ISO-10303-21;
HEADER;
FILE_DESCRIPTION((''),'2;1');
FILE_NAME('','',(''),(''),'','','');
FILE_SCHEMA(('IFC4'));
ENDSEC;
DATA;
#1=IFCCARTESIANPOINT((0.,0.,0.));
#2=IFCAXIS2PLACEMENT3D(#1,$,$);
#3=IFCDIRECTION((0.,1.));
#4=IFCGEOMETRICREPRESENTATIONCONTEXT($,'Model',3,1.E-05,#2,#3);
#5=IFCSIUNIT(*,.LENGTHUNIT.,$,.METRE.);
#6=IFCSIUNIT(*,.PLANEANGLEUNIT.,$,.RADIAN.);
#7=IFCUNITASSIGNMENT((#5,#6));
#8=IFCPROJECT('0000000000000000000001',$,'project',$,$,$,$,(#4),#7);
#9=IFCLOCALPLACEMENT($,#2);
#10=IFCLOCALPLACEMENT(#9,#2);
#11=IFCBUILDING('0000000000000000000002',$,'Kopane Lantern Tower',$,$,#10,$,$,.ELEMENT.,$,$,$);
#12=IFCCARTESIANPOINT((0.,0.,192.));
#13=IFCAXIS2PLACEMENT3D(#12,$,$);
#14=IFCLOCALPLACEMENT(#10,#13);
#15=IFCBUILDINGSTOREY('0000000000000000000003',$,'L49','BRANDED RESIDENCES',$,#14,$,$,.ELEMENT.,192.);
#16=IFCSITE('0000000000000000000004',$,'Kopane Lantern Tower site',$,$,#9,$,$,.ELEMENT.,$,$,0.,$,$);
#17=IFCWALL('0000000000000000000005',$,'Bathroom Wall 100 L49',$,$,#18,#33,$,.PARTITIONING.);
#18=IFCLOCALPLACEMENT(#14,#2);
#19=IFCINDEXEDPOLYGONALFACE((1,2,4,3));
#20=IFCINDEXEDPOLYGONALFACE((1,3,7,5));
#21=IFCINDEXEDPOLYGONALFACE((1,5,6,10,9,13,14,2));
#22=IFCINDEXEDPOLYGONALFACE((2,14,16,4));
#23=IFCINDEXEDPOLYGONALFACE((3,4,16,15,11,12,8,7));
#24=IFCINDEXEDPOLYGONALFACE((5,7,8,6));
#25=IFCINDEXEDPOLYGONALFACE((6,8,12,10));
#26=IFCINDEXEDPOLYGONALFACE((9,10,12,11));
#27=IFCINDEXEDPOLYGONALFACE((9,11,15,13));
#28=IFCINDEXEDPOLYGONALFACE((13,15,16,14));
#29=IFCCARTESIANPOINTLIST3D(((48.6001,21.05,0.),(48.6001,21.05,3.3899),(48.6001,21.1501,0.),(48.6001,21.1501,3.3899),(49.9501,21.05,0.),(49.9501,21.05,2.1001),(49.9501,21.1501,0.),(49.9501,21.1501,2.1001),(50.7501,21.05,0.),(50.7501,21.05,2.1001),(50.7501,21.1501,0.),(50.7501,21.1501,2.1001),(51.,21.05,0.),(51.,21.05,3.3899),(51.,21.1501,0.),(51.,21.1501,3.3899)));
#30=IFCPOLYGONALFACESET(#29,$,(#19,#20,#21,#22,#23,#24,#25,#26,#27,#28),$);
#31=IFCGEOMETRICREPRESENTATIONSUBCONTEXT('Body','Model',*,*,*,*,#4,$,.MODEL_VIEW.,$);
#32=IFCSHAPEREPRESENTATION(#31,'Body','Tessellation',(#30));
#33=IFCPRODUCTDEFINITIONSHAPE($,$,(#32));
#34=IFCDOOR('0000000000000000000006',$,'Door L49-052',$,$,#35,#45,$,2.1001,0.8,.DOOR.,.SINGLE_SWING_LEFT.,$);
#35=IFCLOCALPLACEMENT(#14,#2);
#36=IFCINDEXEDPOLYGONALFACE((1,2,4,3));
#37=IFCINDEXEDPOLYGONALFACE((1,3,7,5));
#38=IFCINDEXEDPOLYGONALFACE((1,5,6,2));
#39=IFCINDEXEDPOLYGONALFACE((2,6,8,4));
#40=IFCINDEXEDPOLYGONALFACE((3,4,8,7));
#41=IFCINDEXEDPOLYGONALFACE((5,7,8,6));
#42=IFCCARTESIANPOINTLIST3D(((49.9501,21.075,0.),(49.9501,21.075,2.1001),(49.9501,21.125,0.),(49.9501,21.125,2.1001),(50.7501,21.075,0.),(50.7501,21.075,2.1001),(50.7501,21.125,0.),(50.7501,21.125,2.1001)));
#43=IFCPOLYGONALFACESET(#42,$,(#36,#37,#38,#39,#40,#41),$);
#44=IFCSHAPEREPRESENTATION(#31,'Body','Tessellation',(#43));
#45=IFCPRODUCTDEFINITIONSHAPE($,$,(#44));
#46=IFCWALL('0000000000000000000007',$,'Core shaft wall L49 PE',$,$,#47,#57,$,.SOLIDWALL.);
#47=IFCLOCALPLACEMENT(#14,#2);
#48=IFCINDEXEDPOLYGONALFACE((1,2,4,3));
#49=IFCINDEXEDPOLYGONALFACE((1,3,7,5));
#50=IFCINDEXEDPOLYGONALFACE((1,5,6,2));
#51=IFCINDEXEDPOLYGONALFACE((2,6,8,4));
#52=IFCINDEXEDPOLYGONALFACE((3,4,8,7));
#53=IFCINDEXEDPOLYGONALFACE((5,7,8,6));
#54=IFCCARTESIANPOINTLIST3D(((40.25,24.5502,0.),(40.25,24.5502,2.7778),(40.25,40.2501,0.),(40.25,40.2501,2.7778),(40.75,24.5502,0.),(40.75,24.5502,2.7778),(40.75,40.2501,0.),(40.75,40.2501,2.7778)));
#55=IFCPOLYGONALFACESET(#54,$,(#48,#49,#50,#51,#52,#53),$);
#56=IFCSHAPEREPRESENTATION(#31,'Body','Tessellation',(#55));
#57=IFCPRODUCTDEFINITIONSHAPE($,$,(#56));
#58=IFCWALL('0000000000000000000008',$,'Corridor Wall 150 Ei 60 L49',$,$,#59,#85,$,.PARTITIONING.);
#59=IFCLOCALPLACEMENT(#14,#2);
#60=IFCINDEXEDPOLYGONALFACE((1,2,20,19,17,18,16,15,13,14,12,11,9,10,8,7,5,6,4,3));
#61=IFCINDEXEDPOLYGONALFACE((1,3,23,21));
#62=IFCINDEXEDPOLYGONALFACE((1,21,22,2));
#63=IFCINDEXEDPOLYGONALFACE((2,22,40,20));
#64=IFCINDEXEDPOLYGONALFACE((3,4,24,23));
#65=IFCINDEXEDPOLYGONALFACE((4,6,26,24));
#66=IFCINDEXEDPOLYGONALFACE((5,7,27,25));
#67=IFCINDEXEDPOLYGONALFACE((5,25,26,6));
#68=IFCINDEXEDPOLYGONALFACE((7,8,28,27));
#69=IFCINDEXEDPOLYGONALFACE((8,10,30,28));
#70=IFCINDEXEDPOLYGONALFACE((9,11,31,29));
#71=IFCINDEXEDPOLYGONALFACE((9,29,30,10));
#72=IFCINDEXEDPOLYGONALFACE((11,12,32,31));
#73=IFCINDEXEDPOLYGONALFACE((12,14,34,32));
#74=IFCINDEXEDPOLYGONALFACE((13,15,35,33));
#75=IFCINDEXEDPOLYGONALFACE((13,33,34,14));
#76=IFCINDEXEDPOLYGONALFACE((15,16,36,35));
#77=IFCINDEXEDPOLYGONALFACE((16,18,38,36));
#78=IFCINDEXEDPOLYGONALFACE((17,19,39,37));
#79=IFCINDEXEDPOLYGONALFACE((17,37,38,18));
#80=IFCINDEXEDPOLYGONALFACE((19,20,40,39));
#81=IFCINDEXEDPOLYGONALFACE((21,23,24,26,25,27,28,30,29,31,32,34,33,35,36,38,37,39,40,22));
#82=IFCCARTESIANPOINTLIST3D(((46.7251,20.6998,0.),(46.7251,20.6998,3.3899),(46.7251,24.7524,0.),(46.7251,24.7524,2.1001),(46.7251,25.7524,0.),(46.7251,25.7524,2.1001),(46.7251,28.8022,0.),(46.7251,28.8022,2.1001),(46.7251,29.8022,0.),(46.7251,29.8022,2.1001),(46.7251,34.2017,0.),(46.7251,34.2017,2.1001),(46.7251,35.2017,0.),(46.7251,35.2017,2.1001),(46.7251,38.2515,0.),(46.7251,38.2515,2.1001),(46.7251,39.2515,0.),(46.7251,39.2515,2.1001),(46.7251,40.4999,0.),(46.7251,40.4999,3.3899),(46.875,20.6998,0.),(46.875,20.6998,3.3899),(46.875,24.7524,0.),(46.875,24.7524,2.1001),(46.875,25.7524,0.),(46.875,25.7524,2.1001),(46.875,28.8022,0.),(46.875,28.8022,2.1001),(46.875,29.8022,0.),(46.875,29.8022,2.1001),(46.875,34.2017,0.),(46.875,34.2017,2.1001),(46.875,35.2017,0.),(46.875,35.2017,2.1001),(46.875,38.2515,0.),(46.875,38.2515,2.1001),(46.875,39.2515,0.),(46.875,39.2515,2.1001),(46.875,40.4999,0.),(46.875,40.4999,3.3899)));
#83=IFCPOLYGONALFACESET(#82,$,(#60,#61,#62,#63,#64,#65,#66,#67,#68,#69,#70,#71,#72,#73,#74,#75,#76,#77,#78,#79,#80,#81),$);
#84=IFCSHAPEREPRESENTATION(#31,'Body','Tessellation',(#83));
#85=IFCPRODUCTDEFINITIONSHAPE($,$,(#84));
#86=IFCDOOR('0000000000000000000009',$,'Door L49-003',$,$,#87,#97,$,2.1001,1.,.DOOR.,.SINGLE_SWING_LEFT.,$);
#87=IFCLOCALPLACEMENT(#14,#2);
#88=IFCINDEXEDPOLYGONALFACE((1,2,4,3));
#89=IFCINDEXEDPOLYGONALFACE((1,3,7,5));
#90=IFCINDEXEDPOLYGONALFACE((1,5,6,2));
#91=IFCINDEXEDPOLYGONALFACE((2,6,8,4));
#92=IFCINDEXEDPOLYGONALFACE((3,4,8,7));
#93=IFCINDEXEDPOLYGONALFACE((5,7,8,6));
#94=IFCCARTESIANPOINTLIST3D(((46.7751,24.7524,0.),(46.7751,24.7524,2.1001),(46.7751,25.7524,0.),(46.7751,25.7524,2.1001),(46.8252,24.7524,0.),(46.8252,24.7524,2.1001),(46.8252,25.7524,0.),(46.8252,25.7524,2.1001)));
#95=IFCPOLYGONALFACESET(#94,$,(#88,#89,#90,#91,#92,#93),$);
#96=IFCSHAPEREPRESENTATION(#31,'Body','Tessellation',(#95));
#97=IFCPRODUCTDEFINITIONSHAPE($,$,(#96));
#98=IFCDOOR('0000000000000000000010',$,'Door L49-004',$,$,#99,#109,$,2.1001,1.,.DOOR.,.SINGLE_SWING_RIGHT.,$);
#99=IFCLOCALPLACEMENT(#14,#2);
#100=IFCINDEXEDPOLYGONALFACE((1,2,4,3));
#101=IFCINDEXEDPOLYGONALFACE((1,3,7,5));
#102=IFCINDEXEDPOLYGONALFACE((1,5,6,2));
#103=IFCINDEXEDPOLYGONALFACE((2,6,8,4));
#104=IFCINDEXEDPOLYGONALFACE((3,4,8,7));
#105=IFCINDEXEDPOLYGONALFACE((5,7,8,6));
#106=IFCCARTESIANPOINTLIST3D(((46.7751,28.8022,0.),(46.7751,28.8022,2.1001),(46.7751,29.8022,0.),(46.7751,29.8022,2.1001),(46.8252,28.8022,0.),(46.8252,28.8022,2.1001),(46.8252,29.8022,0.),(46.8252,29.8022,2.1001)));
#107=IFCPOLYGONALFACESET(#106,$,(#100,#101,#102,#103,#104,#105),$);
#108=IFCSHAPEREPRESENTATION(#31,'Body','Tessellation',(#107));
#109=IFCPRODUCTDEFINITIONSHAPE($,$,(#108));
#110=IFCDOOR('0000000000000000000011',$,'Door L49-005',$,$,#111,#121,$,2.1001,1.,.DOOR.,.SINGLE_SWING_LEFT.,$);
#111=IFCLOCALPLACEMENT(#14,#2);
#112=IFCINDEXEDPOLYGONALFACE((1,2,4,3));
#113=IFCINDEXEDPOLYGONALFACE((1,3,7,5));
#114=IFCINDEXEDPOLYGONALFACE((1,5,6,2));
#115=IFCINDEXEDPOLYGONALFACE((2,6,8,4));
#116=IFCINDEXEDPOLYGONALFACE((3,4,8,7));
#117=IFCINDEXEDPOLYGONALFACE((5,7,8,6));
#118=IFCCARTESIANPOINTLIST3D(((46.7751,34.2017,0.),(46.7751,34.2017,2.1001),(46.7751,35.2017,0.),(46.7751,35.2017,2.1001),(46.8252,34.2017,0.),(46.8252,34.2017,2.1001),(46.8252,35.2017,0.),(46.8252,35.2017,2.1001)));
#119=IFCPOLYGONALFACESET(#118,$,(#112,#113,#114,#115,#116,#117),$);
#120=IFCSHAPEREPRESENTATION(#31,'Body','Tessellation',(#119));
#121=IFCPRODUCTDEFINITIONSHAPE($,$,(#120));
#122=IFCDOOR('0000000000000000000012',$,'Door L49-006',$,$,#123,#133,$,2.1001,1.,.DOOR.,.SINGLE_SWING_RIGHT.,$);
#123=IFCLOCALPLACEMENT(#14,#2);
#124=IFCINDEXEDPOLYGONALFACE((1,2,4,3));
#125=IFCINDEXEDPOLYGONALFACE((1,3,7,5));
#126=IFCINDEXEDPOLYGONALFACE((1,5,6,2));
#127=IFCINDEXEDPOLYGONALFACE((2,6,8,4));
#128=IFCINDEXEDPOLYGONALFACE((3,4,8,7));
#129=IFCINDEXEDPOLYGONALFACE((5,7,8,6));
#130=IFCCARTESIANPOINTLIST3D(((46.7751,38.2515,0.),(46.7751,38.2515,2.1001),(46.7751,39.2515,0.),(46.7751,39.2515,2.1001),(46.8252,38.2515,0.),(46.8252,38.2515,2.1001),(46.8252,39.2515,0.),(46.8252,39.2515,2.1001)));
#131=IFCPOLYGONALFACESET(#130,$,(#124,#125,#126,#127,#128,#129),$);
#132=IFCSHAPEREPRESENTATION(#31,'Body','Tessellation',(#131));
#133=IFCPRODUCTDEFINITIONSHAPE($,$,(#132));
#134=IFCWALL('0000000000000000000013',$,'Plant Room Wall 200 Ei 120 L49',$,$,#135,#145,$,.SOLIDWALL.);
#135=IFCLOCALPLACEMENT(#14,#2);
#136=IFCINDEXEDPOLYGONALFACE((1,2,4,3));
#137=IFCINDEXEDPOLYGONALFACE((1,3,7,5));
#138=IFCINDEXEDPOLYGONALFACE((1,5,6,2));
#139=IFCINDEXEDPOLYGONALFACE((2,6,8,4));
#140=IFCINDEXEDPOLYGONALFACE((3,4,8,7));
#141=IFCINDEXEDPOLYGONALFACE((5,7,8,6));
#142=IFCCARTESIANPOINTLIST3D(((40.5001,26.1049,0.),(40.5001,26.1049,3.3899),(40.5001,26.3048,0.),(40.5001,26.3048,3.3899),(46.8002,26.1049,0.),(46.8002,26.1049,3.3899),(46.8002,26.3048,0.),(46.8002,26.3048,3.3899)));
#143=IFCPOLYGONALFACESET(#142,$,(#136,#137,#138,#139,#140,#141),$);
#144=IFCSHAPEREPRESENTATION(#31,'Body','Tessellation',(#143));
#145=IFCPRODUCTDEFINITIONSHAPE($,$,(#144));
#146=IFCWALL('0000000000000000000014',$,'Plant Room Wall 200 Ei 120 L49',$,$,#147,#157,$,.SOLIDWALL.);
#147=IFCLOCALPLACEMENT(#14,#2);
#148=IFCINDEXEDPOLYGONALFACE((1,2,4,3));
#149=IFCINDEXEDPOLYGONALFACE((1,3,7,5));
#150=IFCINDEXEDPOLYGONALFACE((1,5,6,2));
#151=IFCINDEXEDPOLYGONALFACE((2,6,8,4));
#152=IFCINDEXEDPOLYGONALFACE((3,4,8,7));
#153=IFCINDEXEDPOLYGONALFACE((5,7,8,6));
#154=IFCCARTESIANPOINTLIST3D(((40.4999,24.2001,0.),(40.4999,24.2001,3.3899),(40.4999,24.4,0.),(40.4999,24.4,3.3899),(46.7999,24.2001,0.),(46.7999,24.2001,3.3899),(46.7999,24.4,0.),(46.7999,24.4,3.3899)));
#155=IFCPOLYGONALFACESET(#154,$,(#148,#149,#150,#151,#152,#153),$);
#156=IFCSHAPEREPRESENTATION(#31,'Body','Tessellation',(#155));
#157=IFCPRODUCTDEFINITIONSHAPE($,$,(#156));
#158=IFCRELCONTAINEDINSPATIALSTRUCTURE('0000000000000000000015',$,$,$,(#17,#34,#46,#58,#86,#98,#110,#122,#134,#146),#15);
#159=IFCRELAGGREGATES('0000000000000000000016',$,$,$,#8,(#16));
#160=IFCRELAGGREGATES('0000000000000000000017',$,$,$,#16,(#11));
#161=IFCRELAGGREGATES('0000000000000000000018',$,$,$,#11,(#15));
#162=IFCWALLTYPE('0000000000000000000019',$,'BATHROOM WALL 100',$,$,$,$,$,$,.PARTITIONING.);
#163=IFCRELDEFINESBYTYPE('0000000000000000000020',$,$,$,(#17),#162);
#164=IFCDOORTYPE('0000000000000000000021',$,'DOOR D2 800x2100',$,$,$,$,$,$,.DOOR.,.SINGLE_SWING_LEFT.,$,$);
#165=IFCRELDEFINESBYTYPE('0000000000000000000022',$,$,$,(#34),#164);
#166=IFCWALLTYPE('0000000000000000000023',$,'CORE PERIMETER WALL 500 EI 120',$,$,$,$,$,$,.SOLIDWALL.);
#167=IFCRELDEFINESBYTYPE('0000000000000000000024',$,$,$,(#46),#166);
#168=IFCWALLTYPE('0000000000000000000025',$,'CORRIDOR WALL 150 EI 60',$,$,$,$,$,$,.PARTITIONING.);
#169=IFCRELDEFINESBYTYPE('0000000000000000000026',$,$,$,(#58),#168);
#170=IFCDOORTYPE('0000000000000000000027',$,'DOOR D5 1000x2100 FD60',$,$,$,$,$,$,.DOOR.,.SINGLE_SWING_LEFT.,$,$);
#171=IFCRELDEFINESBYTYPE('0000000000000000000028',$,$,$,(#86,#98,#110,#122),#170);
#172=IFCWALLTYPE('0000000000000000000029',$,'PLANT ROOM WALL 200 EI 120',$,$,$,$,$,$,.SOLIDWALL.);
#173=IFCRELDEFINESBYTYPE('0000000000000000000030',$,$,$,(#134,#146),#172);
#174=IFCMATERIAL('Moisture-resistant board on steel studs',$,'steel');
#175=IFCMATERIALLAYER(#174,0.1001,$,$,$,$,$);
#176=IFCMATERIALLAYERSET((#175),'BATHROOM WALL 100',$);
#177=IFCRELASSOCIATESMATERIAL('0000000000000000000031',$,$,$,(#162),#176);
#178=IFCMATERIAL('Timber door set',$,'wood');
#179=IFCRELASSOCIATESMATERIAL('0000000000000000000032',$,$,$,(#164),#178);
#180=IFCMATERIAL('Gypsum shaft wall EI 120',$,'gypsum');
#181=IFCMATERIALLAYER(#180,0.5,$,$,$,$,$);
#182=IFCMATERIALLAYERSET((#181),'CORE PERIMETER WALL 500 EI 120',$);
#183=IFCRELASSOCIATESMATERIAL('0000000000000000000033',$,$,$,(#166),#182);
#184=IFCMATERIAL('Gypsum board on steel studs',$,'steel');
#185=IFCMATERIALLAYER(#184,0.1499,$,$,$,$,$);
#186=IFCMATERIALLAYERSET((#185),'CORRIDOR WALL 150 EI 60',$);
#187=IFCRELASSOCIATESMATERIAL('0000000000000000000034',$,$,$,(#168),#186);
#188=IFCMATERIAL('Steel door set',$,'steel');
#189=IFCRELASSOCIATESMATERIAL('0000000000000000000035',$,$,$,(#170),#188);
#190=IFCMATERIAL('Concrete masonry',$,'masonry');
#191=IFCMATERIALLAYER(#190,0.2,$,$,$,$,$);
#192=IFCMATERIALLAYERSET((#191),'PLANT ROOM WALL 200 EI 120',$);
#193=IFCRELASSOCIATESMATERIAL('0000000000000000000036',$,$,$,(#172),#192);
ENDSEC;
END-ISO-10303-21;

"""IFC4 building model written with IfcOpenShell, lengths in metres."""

from ifc_helpers import new_model, si_unit, direction, frame, frame_2d, origin, place, context, subcontext, project, spatial, rectangle, extrude, material, layer, layer_set, type_object, element, fill, save


model = new_model("IFC4")

# Units and contexts
model_context = context("Model", 3, precision=1e-05, world=origin(), true_north=direction((0.0, 1.0)))
body_context = subcontext(model_context, "Body", "Model", "MODEL_VIEW")
ifc_project = project(units=[si_unit("LENGTHUNIT", "METRE"), si_unit("PLANEANGLEUNIT", "RADIAN")], contexts=[model_context])

# Site, building, storey
site_placement = place(None, origin())
site = spatial("IfcSite", under=ifc_project, at=site_placement, Name="Kopane Lantern Tower site", CompositionType="ELEMENT", RefElevation=0.0)
building_placement = place(site_placement, origin())
building = spatial("IfcBuilding", under=site, at=building_placement, Name="Kopane Lantern Tower", CompositionType="ELEMENT")
storey_placement = place(building_placement, frame((0.0, 0.0, 192.0)))
storey = spatial("IfcBuildingStorey", under=building, at=storey_placement, Name="L49", Description="BRANDED RESIDENCES", CompositionType="ELEMENT", Elevation=192.0)

# Wall, opening, door
ifc_material_1 = material(Name="Moisture-resistant board on steel studs", Category="steel")
ifc_layer_1 = layer(ifc_material_1, 0.1001)
ifc_layer_set_1 = layer_set([ifc_layer_1], Name="BATHROOM WALL 100")
wall_type_1 = type_object("IfcWallType", Name="BATHROOM WALL 100", PredefinedType="PARTITIONING", material=ifc_layer_set_1)
wall_1_placement = place(storey_placement, frame((48.6001, 21.1001, 0.0), z_axis=(0.0, 0.0, 1.0), x_axis=(1.0, 0.0, 0.0)))
wall_1 = element("IfcWall", 1, at=wall_1_placement, inside=storey, type_object=wall_type_1, Name="Bathroom Wall 100 L49", PredefinedType="PARTITIONING", context=body_context, shape_type="SweptSolid", body=[
    extrude(rectangle(XDim=2.3999, YDim=0.1001, at=frame_2d((1.2, 0.0))), origin(), (0.0, 0.0, 1.0), 3.3899),
])
opening_1_placement = place(wall_1_placement, frame((1.3501, 0.0, 0.0)))
opening_1 = element("IfcOpeningElement", 2, at=opening_1_placement, cuts=wall_1, PredefinedType="OPENING", context=body_context, shape_type="SweptSolid", body=[
    extrude(rectangle(XDim=0.8, YDim=2.1001, at=frame_2d((0.3999, 1.05))), frame((0.0, 0.0601, 0.0), z_axis=(0.0, -1.0, 0.0), x_axis=(1.0, 0.0, 0.0)), (0.0, 0.0, 1.0), 0.1201),
])
ifc_material_2 = material(Name="Timber door set", Category="wood")
door_type_1 = type_object("IfcDoorType", Name="DOOR D2 800x2100", OperationType="SINGLE_SWING_LEFT", PredefinedType="DOOR", material=ifc_material_2)
door_1_placement = place(opening_1_placement, origin())
door_1 = element("IfcDoor", 3, at=door_1_placement, inside=storey, type_object=door_type_1, Name="Door L49-052", OperationType="SINGLE_SWING_LEFT", OverallHeight=2.1001, OverallWidth=0.8, PredefinedType="DOOR", context=body_context, shape_type="SweptSolid", body=[
    extrude(rectangle(XDim=0.8, YDim=2.1001, at=frame_2d((0.3999, 1.05))), frame((0.0, 0.0249, 0.0), z_axis=(0.0, -1.0, 0.0), x_axis=(1.0, 0.0, 0.0)), (0.0, 0.0, 1.0), 0.05),
])
fill(opening_1, door_1)

# Wall
ifc_material_3 = material(Name="Gypsum shaft wall EI 120", Category="gypsum")
ifc_layer_2 = layer(ifc_material_3, 0.5)
ifc_layer_set_2 = layer_set([ifc_layer_2], Name="CORE PERIMETER WALL 500 EI 120")
wall_type_2 = type_object("IfcWallType", Name="CORE PERIMETER WALL 500 EI 120", PredefinedType="SOLIDWALL", material=ifc_layer_set_2)
wall_2_placement = place(storey_placement, frame((40.5, 24.55, 0.0), z_axis=(0.0, 0.0, 1.0), x_axis=(0.0, 1.0, 0.0)))
element("IfcWall", 4, at=wall_2_placement, inside=storey, type_object=wall_type_2, Name="Core shaft wall L49 PE", PredefinedType="SOLIDWALL", context=body_context, shape_type="SweptSolid", body=[
    extrude(rectangle(XDim=15.7, YDim=0.5, at=frame_2d((7.8501, 0.0))), origin(), (0.0, 0.0, 1.0), 2.7778),
])

# Wall, openings, doors
ifc_material_4 = material(Name="Gypsum board on steel studs", Category="steel")
ifc_layer_3 = layer(ifc_material_4, 0.1499)
ifc_layer_set_3 = layer_set([ifc_layer_3], Name="CORRIDOR WALL 150 EI 60")
wall_type_3 = type_object("IfcWallType", Name="CORRIDOR WALL 150 EI 60", PredefinedType="PARTITIONING", material=ifc_layer_set_3)
wall_3_placement = place(storey_placement, frame((46.8, 20.7, 0.0), z_axis=(0.0, 0.0, 1.0), x_axis=(0.0, 1.0, 0.0)))
wall_3 = element("IfcWall", 5, at=wall_3_placement, inside=storey, type_object=wall_type_3, Name="Corridor Wall 150 Ei 60 L49", PredefinedType="PARTITIONING", context=body_context, shape_type="SweptSolid", body=[
    extrude(rectangle(XDim=19.8, YDim=0.1499, at=frame_2d((9.8999, 0.0))), origin(), (0.0, 0.0, 1.0), 3.3899),
])
opening_2_placement = place(wall_3_placement, frame((4.0525, 0.0, 0.0)))
opening_2 = element("IfcOpeningElement", 6, at=opening_2_placement, cuts=wall_3, PredefinedType="OPENING", context=body_context, shape_type="SweptSolid", body=[
    extrude(rectangle(XDim=1.0, YDim=2.1001, at=frame_2d((0.5, 1.05))), frame((0.0, 0.085, 0.0), z_axis=(0.0, -1.0, 0.0), x_axis=(1.0, 0.0, 0.0)), (0.0, 0.0, 1.0), 0.1699),
])
opening_3_placement = place(wall_3_placement, frame((8.1023, 0.0, 0.0)))
opening_3 = element("IfcOpeningElement", 7, at=opening_3_placement, cuts=wall_3, PredefinedType="OPENING", context=body_context, shape_type="SweptSolid", body=[
    extrude(rectangle(XDim=1.0, YDim=2.1001, at=frame_2d((0.5, 1.05))), frame((0.0, 0.085, 0.0), z_axis=(0.0, -1.0, 0.0), x_axis=(1.0, 0.0, 0.0)), (0.0, 0.0, 1.0), 0.1699),
])
opening_4_placement = place(wall_3_placement, frame((13.5017, 0.0, 0.0)))
opening_4 = element("IfcOpeningElement", 8, at=opening_4_placement, cuts=wall_3, PredefinedType="OPENING", context=body_context, shape_type="SweptSolid", body=[
    extrude(rectangle(XDim=1.0, YDim=2.1001, at=frame_2d((0.5, 1.05))), frame((0.0, 0.085, 0.0), z_axis=(0.0, -1.0, 0.0), x_axis=(1.0, 0.0, 0.0)), (0.0, 0.0, 1.0), 0.1699),
])
opening_5_placement = place(wall_3_placement, frame((17.5515, 0.0, 0.0)))
opening_5 = element("IfcOpeningElement", 9, at=opening_5_placement, cuts=wall_3, PredefinedType="OPENING", context=body_context, shape_type="SweptSolid", body=[
    extrude(rectangle(XDim=1.0, YDim=2.1001, at=frame_2d((0.5, 1.05))), frame((0.0, 0.085, 0.0), z_axis=(0.0, -1.0, 0.0), x_axis=(1.0, 0.0, 0.0)), (0.0, 0.0, 1.0), 0.1699),
])
ifc_material_5 = material(Name="Steel door set", Category="steel")
door_type_2 = type_object("IfcDoorType", Name="DOOR D5 1000x2100 FD60", OperationType="SINGLE_SWING_LEFT", PredefinedType="DOOR", material=ifc_material_5)
door_2_placement = place(opening_2_placement, origin())
door_2 = element("IfcDoor", 10, at=door_2_placement, inside=storey, type_object=door_type_2, Name="Door L49-003", OperationType="SINGLE_SWING_LEFT", OverallHeight=2.1001, OverallWidth=1.0, PredefinedType="DOOR", context=body_context, shape_type="SweptSolid", body=[
    extrude(rectangle(XDim=1.0, YDim=2.1001, at=frame_2d((0.5, 1.05))), frame((0.0, 0.0249, 0.0), z_axis=(0.0, -1.0, 0.0), x_axis=(1.0, 0.0, 0.0)), (0.0, 0.0, 1.0), 0.05),
])
fill(opening_2, door_2)
door_3_placement = place(opening_3_placement, origin())
door_3 = element("IfcDoor", 11, at=door_3_placement, inside=storey, type_object=door_type_2, Name="Door L49-004", OperationType="SINGLE_SWING_RIGHT", OverallHeight=2.1001, OverallWidth=1.0, PredefinedType="DOOR", context=body_context, shape_type="SweptSolid", body=[
    extrude(rectangle(XDim=1.0, YDim=2.1001, at=frame_2d((0.5, 1.05))), frame((0.0, 0.0249, 0.0), z_axis=(0.0, -1.0, 0.0), x_axis=(1.0, 0.0, 0.0)), (0.0, 0.0, 1.0), 0.05),
])
fill(opening_3, door_3)
door_4_placement = place(opening_4_placement, origin())
door_4 = element("IfcDoor", 12, at=door_4_placement, inside=storey, type_object=door_type_2, Name="Door L49-005", OperationType="SINGLE_SWING_LEFT", OverallHeight=2.1001, OverallWidth=1.0, PredefinedType="DOOR", context=body_context, shape_type="SweptSolid", body=[
    extrude(rectangle(XDim=1.0, YDim=2.1001, at=frame_2d((0.5, 1.05))), frame((0.0, 0.0249, 0.0), z_axis=(0.0, -1.0, 0.0), x_axis=(1.0, 0.0, 0.0)), (0.0, 0.0, 1.0), 0.05),
])
fill(opening_4, door_4)
door_5_placement = place(opening_5_placement, origin())
door_5 = element("IfcDoor", 13, at=door_5_placement, inside=storey, type_object=door_type_2, Name="Door L49-006", OperationType="SINGLE_SWING_RIGHT", OverallHeight=2.1001, OverallWidth=1.0, PredefinedType="DOOR", context=body_context, shape_type="SweptSolid", body=[
    extrude(rectangle(XDim=1.0, YDim=2.1001, at=frame_2d((0.5, 1.05))), frame((0.0, 0.0249, 0.0), z_axis=(0.0, -1.0, 0.0), x_axis=(1.0, 0.0, 0.0)), (0.0, 0.0, 1.0), 0.05),
])
fill(opening_5, door_5)

# Walls
ifc_material_6 = material(Name="Concrete masonry", Category="masonry")
ifc_layer_4 = layer(ifc_material_6, 0.2)
ifc_layer_set_4 = layer_set([ifc_layer_4], Name="PLANT ROOM WALL 200 EI 120")
wall_type_4 = type_object("IfcWallType", Name="PLANT ROOM WALL 200 EI 120", PredefinedType="SOLIDWALL", material=ifc_layer_set_4)
for number, where, z_axis, x_axis, name in (
    (14, (46.8, 26.2048, 0.0), (0.0, 0.0, 1.0), (-1.0, 0.0, 0.0), "Plant Room Wall 200 Ei 120 L49"),
    (15, (40.5, 24.3, 0.0), (0.0, 0.0, 1.0), (1.0, 0.0, 0.0), "Plant Room Wall 200 Ei 120 L49"),
):
    element("IfcWall", number, at=place(storey_placement, frame(where, z_axis=z_axis, x_axis=x_axis)), inside=storey, type_object=wall_type_4, Name=name, PredefinedType="SOLIDWALL", context=body_context, shape_type="SweptSolid", body=[
        extrude(rectangle(XDim=6.3, YDim=0.2, at=frame_2d((3.1499, 0.0))), origin(), (0.0, 0.0, 1.0), 3.3899),
    ])

save(model, "model.ifc")
